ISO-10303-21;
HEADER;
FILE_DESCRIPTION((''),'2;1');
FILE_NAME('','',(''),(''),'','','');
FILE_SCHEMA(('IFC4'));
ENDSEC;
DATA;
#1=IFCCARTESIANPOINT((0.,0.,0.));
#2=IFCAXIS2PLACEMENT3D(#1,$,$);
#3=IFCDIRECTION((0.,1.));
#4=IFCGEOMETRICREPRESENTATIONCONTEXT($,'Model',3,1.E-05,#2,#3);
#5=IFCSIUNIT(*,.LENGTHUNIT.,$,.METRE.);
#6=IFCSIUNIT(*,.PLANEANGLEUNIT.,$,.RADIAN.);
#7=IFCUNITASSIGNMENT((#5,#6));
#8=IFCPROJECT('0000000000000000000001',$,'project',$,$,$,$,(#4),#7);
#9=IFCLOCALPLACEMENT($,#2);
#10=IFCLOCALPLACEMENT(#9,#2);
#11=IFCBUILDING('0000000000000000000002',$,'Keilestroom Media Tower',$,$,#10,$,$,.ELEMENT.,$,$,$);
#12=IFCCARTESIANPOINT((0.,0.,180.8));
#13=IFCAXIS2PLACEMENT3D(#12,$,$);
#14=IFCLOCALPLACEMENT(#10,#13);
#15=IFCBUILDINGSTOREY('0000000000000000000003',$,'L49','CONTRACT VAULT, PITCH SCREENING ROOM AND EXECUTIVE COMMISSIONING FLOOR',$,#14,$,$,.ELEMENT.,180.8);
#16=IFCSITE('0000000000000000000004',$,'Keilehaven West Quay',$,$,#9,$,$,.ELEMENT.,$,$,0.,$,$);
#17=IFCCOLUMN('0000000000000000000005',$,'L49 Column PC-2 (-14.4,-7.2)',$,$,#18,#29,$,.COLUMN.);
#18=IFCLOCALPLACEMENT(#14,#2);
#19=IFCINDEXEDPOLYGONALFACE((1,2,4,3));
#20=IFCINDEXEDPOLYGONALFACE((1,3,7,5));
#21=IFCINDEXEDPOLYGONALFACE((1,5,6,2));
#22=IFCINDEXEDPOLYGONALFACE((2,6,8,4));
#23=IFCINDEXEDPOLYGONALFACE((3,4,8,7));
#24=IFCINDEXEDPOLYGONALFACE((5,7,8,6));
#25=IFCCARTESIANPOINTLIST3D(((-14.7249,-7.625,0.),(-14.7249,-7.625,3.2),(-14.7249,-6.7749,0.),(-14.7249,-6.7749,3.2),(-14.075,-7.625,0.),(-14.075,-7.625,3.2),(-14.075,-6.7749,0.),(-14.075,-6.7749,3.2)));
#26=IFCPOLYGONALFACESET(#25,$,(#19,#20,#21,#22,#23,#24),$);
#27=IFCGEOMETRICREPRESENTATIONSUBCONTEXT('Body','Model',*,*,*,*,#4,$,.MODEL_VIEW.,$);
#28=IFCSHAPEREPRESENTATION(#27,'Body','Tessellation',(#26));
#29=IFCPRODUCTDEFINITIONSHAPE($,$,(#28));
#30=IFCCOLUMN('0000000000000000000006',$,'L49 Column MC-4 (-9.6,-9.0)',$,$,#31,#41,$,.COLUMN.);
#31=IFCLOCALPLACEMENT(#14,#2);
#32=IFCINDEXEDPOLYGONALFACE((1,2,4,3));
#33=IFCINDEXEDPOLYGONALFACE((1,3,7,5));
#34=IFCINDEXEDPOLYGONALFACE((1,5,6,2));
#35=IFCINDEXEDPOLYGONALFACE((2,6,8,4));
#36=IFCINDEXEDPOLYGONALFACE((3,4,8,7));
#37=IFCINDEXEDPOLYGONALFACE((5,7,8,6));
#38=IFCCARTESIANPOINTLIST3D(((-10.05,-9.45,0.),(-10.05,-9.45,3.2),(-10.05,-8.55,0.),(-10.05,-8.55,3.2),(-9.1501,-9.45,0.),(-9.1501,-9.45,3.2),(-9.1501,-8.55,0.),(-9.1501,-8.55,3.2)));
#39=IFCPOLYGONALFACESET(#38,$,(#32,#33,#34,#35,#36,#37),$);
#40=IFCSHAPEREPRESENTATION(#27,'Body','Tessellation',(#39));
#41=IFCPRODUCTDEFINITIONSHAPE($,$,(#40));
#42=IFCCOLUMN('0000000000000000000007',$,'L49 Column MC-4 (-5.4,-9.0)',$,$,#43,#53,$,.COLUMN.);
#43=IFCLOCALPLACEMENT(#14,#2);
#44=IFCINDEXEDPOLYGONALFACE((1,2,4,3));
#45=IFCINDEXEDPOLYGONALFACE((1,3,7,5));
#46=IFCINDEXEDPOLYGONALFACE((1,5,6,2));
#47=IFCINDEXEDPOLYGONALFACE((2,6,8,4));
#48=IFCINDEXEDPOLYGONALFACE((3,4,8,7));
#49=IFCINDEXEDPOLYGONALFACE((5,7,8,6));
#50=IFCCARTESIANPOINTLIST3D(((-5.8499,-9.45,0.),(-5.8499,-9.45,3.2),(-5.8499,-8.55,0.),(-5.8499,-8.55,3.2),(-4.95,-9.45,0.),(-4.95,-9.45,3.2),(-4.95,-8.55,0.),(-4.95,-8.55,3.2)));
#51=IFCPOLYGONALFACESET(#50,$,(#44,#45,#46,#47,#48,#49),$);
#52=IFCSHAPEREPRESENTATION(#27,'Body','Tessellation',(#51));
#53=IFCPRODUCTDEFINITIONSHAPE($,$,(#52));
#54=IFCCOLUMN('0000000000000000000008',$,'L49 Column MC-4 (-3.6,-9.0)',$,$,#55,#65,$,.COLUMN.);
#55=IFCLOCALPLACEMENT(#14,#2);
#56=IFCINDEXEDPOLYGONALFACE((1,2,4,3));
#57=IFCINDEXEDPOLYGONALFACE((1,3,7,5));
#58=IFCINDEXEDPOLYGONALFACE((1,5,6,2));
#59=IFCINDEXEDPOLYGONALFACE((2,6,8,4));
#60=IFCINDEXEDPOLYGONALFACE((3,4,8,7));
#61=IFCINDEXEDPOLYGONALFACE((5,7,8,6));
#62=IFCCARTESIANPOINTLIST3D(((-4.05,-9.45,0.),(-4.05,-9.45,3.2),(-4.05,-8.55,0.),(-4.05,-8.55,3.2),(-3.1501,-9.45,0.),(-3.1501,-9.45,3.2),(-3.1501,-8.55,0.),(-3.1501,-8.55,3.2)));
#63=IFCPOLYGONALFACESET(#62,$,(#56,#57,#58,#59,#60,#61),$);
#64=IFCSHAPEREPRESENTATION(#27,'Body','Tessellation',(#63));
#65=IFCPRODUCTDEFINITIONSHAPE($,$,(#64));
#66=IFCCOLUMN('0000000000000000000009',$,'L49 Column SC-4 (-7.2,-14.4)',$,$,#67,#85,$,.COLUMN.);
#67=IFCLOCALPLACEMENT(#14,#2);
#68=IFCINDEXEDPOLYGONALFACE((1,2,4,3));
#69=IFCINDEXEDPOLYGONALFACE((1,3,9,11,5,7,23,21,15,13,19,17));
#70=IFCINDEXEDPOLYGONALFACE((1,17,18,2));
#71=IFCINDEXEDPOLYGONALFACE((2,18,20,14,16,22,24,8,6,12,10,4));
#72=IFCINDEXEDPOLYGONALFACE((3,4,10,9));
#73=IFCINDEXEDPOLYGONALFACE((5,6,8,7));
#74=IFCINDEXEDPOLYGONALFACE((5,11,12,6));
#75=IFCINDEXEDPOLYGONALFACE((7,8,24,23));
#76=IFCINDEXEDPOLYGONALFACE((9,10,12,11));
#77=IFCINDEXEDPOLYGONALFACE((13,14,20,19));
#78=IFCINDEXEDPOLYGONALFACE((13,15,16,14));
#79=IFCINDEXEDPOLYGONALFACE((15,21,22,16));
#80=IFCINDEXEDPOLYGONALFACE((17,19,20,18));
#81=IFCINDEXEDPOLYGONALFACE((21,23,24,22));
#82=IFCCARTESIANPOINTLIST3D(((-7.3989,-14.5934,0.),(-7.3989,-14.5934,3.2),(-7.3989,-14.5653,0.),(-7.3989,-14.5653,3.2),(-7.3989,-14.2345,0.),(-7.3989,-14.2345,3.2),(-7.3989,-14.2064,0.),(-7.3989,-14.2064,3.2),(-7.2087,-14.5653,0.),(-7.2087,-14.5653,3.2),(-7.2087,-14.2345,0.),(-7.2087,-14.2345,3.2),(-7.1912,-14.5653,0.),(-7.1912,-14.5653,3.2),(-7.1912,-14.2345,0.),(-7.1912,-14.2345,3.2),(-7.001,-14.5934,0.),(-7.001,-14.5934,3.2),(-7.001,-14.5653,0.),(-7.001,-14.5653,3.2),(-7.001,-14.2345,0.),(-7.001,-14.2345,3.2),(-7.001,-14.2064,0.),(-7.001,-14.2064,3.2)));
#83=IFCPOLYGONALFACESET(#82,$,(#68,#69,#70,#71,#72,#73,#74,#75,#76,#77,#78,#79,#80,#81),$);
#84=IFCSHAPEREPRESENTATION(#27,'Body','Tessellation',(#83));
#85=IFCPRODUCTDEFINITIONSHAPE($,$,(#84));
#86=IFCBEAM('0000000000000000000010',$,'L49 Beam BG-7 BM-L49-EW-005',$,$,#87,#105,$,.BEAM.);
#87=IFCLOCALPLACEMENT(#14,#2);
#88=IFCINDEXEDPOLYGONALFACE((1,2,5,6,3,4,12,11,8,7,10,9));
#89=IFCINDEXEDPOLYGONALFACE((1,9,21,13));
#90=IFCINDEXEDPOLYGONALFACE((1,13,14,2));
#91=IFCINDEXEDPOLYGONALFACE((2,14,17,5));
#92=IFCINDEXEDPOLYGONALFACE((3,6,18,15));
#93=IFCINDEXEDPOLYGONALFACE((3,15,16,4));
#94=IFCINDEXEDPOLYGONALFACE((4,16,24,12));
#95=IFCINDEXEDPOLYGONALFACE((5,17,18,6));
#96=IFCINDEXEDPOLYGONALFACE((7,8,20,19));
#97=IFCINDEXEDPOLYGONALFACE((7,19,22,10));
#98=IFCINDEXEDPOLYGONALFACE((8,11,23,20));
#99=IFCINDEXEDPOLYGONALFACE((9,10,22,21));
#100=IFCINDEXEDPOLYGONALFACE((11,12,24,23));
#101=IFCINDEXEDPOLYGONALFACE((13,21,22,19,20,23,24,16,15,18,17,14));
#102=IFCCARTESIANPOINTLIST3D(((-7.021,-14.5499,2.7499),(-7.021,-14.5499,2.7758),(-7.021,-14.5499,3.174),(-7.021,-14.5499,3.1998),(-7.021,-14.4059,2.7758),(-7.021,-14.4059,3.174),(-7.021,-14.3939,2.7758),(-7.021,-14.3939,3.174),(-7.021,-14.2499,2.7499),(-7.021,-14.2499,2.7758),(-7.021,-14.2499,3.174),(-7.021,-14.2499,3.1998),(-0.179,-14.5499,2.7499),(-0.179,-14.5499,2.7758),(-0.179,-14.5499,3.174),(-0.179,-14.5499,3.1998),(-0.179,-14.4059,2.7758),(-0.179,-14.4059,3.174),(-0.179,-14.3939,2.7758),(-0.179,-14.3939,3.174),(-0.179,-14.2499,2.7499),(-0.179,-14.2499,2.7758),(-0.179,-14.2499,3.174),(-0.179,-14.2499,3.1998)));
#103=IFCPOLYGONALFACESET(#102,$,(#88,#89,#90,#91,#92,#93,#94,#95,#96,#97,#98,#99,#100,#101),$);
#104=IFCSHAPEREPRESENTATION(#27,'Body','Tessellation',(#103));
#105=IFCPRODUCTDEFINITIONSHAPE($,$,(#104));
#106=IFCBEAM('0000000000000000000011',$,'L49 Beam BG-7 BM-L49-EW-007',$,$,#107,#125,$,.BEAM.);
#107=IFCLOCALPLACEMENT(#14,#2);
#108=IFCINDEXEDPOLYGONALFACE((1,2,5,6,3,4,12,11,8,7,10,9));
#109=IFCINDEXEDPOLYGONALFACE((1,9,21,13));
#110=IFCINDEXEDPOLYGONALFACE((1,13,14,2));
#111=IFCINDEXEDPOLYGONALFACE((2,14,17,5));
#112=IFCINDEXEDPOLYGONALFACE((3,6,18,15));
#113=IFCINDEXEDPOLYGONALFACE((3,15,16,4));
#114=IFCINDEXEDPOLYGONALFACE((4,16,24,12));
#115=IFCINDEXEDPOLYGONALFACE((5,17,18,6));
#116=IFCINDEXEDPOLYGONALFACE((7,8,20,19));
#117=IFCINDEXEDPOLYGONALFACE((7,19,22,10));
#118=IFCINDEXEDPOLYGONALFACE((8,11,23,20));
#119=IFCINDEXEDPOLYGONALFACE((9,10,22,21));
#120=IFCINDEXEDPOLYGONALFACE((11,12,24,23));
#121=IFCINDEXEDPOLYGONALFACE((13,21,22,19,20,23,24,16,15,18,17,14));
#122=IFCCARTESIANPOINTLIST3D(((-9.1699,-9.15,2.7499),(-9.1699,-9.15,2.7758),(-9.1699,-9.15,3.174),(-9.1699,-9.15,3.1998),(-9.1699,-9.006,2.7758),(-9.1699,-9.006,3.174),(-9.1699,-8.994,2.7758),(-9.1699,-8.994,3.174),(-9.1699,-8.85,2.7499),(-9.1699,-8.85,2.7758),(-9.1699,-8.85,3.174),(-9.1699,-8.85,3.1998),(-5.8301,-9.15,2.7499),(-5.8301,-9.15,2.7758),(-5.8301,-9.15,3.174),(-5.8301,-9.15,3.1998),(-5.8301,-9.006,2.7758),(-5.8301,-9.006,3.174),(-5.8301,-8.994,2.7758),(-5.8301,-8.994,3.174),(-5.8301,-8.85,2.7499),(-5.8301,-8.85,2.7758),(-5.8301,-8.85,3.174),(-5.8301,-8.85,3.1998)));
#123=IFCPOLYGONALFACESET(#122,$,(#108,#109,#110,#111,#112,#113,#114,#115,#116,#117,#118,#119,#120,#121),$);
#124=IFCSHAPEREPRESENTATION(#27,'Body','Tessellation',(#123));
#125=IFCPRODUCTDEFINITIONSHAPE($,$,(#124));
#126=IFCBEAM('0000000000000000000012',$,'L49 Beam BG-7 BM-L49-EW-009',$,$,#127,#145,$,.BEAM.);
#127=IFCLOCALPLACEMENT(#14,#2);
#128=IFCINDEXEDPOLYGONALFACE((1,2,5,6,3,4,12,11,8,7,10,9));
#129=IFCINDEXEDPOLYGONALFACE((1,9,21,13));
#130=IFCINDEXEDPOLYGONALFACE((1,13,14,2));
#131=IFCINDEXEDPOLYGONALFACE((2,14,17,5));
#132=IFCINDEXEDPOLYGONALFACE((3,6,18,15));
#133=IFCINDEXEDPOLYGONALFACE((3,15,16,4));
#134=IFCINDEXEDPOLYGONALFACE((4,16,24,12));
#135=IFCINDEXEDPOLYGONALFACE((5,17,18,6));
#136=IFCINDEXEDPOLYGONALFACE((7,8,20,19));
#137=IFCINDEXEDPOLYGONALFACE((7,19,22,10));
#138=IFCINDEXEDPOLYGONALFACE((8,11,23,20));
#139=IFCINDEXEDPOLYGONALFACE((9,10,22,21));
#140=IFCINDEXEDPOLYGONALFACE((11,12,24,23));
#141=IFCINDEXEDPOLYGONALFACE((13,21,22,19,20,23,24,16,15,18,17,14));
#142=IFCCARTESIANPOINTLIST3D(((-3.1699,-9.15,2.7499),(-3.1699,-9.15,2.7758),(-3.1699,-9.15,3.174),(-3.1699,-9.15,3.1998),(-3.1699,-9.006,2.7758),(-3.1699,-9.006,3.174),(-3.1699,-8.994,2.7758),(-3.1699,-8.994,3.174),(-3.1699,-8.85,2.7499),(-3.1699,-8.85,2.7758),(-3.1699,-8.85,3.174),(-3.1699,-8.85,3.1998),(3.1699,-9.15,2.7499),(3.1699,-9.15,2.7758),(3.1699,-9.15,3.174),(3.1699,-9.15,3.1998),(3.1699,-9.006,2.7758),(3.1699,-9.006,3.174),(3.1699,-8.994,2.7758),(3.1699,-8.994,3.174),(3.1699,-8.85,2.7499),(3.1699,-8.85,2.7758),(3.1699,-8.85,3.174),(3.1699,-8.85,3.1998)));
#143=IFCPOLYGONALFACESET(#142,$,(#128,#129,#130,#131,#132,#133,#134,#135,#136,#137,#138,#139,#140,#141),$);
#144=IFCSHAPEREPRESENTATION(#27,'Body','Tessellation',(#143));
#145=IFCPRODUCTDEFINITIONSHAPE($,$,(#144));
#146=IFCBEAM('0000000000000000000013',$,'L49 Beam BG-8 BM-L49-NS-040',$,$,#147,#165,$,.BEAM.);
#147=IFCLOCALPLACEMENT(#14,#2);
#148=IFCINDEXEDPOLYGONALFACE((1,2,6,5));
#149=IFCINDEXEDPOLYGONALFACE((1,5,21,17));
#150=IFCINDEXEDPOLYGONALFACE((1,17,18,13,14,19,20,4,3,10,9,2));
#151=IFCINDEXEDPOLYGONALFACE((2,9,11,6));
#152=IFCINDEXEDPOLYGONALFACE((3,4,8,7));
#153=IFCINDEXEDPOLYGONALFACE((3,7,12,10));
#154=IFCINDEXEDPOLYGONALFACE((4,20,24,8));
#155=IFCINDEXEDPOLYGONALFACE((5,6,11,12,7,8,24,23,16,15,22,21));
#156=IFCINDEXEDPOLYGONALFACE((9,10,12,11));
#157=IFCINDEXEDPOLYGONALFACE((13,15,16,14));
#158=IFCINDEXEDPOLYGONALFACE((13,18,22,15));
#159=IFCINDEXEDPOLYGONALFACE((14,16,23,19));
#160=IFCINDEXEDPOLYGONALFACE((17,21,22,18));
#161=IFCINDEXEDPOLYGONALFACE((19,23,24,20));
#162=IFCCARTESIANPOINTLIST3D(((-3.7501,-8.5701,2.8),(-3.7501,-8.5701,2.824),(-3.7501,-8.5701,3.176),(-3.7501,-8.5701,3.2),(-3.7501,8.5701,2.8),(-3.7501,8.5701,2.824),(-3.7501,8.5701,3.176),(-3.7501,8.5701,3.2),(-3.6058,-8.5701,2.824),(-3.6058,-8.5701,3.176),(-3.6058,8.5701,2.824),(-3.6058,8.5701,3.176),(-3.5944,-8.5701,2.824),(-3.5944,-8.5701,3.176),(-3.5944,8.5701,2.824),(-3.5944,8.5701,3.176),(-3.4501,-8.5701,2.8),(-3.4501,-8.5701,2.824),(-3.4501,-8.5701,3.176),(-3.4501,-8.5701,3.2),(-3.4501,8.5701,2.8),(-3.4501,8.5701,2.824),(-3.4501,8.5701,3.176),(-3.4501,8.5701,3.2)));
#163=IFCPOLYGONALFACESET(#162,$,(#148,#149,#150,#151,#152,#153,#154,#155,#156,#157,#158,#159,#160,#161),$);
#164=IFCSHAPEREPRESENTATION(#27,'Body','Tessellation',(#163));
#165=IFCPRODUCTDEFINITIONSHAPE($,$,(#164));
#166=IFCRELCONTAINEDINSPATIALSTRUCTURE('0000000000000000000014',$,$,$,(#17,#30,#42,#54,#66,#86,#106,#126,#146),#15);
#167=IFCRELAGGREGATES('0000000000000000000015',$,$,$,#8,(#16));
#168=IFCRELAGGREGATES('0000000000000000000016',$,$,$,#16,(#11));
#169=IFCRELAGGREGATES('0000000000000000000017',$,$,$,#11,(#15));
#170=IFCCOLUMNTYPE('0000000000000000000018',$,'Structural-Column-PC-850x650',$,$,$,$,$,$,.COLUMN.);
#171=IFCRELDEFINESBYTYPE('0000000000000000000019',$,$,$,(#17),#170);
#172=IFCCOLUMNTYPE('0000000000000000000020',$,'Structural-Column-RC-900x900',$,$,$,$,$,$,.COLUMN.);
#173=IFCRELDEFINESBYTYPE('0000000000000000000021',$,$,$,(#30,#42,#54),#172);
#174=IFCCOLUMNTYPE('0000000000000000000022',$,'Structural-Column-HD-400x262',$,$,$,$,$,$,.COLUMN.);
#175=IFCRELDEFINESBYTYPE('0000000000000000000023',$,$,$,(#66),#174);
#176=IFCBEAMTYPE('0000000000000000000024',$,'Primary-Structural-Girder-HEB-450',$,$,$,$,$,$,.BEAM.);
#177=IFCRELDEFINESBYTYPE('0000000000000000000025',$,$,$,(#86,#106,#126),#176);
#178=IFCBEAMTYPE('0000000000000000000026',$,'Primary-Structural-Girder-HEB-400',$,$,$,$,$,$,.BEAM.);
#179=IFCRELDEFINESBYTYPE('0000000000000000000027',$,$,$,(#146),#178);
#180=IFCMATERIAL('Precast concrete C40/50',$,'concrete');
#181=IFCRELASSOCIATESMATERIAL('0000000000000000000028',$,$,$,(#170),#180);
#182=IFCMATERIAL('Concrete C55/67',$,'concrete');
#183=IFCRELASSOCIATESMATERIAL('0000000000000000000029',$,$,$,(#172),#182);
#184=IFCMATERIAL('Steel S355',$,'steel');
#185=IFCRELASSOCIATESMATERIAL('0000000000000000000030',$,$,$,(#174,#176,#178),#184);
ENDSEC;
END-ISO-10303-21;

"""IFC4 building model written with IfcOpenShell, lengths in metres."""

from ifc_helpers import new_model, si_unit, direction, frame, origin, origin_2d, place, context, subcontext, project, spatial, rectangle, i_section, extrude, source, transform, mapped, material, material_profile, profile_set, type_object, element, save


model = new_model("IFC4")

# Units and contexts
model_context = context("Model", 3, precision=1e-05, world=origin(), true_north=direction((0.0, 1.0)))
body_context = subcontext(model_context, "Body", "Model", "MODEL_VIEW")
ifc_project = project(units=[si_unit("LENGTHUNIT", "METRE"), si_unit("PLANEANGLEUNIT", "RADIAN")], contexts=[model_context])

# Site, building, storey
site_placement = place(None, origin())
site = spatial("IfcSite", under=ifc_project, at=site_placement, Name="Keilehaven West Quay", CompositionType="ELEMENT", RefElevation=0.0)
building_placement = place(site_placement, origin())
building = spatial("IfcBuilding", under=site, at=building_placement, Name="Keilestroom Media Tower", CompositionType="ELEMENT")
storey_placement = place(building_placement, frame((0.0, 0.0, 180.8)))
storey = spatial("IfcBuildingStorey", under=building, at=storey_placement, Name="L49", Description="CONTRACT VAULT, PITCH SCREENING ROOM AND EXECUTIVE COMMISSIONING FLOOR", CompositionType="ELEMENT", Elevation=180.8)

# Columns
ifc_material_1 = material(Name="Precast concrete C40/50", Category="concrete")
ifc_material_profile_1 = material_profile(ifc_material_1, rectangle(XDim=0.6499, YDim=0.8501, at=origin_2d()), Name="PC 850x650")
ifc_profile_set_1 = profile_set([ifc_material_profile_1], Name="Precast concrete C40/50")
column_type_1 = type_object("IfcColumnType", Name="Structural-Column-PC-850x650", PredefinedType="COLUMN", material=ifc_profile_set_1)
shared_shape_1 = source(origin(), body_context, "Body", "SweptSolid", [
    extrude(rectangle(XDim=0.6499, YDim=0.8501, at=origin_2d()), origin(), (0.0, 0.0, 1.0), 3.2),
])
column_1_placement = place(storey_placement, frame((-14.3999, -7.2, 0.0), z_axis=(0.0, 0.0, 1.0), x_axis=(1.0, 0.0, 0.0)))
element("IfcColumn", 1, at=column_1_placement, inside=storey, type_object=column_type_1, Name="L49 Column PC-2 (-14.4,-7.2)", PredefinedType="COLUMN", context=body_context, shape_type="MappedRepresentation", body=[
    mapped(shared_shape_1, transform((0.0, 0.0, 0.0), x_axis=(1.0, 0.0, 0.0), y_axis=(0.0, 1.0, 0.0), z_axis=(0.0, 0.0, 1.0), scale=1.0)),
])
ifc_material_2 = material(Name="Concrete C55/67", Category="concrete")
ifc_material_profile_2 = material_profile(ifc_material_2, rectangle(XDim=0.8999, YDim=0.8999, at=origin_2d()), Name="RC 900x900")
ifc_profile_set_2 = profile_set([ifc_material_profile_2], Name="Concrete C55/67")
column_type_2 = type_object("IfcColumnType", Name="Structural-Column-RC-900x900", PredefinedType="COLUMN", material=ifc_profile_set_2)
shared_shape_2 = source(origin(), body_context, "Body", "SweptSolid", [
    extrude(rectangle(XDim=0.8999, YDim=0.8999, at=origin_2d()), origin(), (0.0, 0.0, 1.0), 3.2),
])
for number, where, z_axis, x_axis, name in (
    (2, (-9.6001, -9.0, 0.0), (0.0, 0.0, 1.0), (1.0, 0.0, 0.0), "L49 Column MC-4 (-9.6,-9.0)"),
    (3, (-5.3999, -9.0, 0.0), (0.0, 0.0, 1.0), (1.0, 0.0, 0.0), "L49 Column MC-4 (-5.4,-9.0)"),
    (4, (-3.6001, -9.0, 0.0), (0.0, 0.0, 1.0), (1.0, 0.0, 0.0), "L49 Column MC-4 (-3.6,-9.0)"),
):
    element("IfcColumn", number, at=place(storey_placement, frame(where, z_axis=z_axis, x_axis=x_axis)), inside=storey, type_object=column_type_2, Name=name, PredefinedType="COLUMN", context=body_context, shape_type="MappedRepresentation", body=[
        mapped(shared_shape_2, transform((0.0, 0.0, 0.0), x_axis=(1.0, 0.0, 0.0), y_axis=(0.0, 1.0, 0.0), z_axis=(0.0, 0.0, 1.0), scale=1.0)),
    ])
ifc_material_3 = material(Name="Steel S355", Category="steel")
ifc_material_profile_3 = material_profile(ifc_material_3, i_section(OverallWidth=0.3979, OverallDepth=0.387, WebThickness=0.0176, FlangeThickness=0.0281, at=origin_2d()), Name="HD 400x262")
ifc_profile_set_3 = profile_set([ifc_material_profile_3], Name="Steel S355")
column_type_3 = type_object("IfcColumnType", Name="Structural-Column-HD-400x262", PredefinedType="COLUMN", material=ifc_profile_set_3)
shared_shape_3 = source(origin(), body_context, "Body", "SweptSolid", [
    extrude(i_section(OverallWidth=0.3979, OverallDepth=0.387, WebThickness=0.0176, FlangeThickness=0.0281, at=origin_2d()), origin(), (0.0, 0.0, 1.0), 3.2),
])
column_2_placement = place(storey_placement, frame((-7.2, -14.3999, 0.0), z_axis=(0.0, 0.0, 1.0), x_axis=(1.0, 0.0, 0.0)))
element("IfcColumn", 5, at=column_2_placement, inside=storey, type_object=column_type_3, Name="L49 Column SC-4 (-7.2,-14.4)", PredefinedType="COLUMN", context=body_context, shape_type="MappedRepresentation", body=[
    mapped(shared_shape_3, transform((0.0, 0.0, 0.0), x_axis=(1.0, 0.0, 0.0), y_axis=(0.0, 1.0, 0.0), z_axis=(0.0, 0.0, 1.0), scale=1.0)),
])

# Beams
ifc_material_profile_4 = material_profile(ifc_material_3, i_section(OverallWidth=0.3, OverallDepth=0.45, WebThickness=0.012, FlangeThickness=0.0259, at=origin_2d()), Name="HEB 450")
ifc_profile_set_4 = profile_set([ifc_material_profile_4], Name="Steel S355")
beam_type_1 = type_object("IfcBeamType", Name="Primary-Structural-Girder-HEB-450", PredefinedType="BEAM", material=ifc_profile_set_4)
shared_shape_4 = source(origin(), body_context, "Body", "SweptSolid", [
    extrude(i_section(OverallWidth=0.3, OverallDepth=0.45, WebThickness=0.012, FlangeThickness=0.0259, at=origin_2d()), origin(), (0.0, 0.0, 1.0), 6.842),
])
beam_1_placement = place(storey_placement, frame((-7.021, -14.3999, 2.9749), z_axis=(1.0, 0.0, 0.0), x_axis=(0.0, 1.0, 0.0)))
element("IfcBeam", 6, at=beam_1_placement, inside=storey, type_object=beam_type_1, Name="L49 Beam BG-7 BM-L49-EW-005", PredefinedType="BEAM", context=body_context, shape_type="MappedRepresentation", body=[
    mapped(shared_shape_4, transform((0.0, 0.0, 0.0), x_axis=(1.0, 0.0, 0.0), y_axis=(0.0, 1.0, 0.0), z_axis=(0.0, 0.0, 1.0), scale=1.0)),
])
shared_shape_5 = source(origin(), body_context, "Body", "SweptSolid", [
    extrude(i_section(OverallWidth=0.3, OverallDepth=0.45, WebThickness=0.012, FlangeThickness=0.0259, at=origin_2d()), origin(), (0.0, 0.0, 1.0), 3.3398),
])
beam_2_placement = place(storey_placement, frame((-9.1699, -9.0, 2.9749), z_axis=(1.0, 0.0, 0.0), x_axis=(0.0, 1.0, 0.0)))
element("IfcBeam", 7, at=beam_2_placement, inside=storey, type_object=beam_type_1, Name="L49 Beam BG-7 BM-L49-EW-007", PredefinedType="BEAM", context=body_context, shape_type="MappedRepresentation", body=[
    mapped(shared_shape_5, transform((0.0, 0.0, 0.0), x_axis=(1.0, 0.0, 0.0), y_axis=(0.0, 1.0, 0.0), z_axis=(0.0, 0.0, 1.0), scale=1.0)),
])
shared_shape_6 = source(origin(), body_context, "Body", "SweptSolid", [
    extrude(i_section(OverallWidth=0.3, OverallDepth=0.45, WebThickness=0.012, FlangeThickness=0.0259, at=origin_2d()), origin(), (0.0, 0.0, 1.0), 6.3398),
])
beam_3_placement = place(storey_placement, frame((-3.1699, -9.0, 2.9749), z_axis=(1.0, 0.0, 0.0), x_axis=(0.0, 1.0, 0.0)))
element("IfcBeam", 8, at=beam_3_placement, inside=storey, type_object=beam_type_1, Name="L49 Beam BG-7 BM-L49-EW-009", PredefinedType="BEAM", context=body_context, shape_type="MappedRepresentation", body=[
    mapped(shared_shape_6, transform((0.0, 0.0, 0.0), x_axis=(1.0, 0.0, 0.0), y_axis=(0.0, 1.0, 0.0), z_axis=(0.0, 0.0, 1.0), scale=1.0)),
])
ifc_material_profile_5 = material_profile(ifc_material_3, i_section(OverallWidth=0.3, OverallDepth=0.3999, WebThickness=0.0115, FlangeThickness=0.0239, at=origin_2d()), Name="HEB 400")
ifc_profile_set_5 = profile_set([ifc_material_profile_5], Name="Steel S355")
beam_type_2 = type_object("IfcBeamType", Name="Primary-Structural-Girder-HEB-400", PredefinedType="BEAM", material=ifc_profile_set_5)
shared_shape_7 = source(origin(), body_context, "Body", "SweptSolid", [
    extrude(i_section(OverallWidth=0.3, OverallDepth=0.3999, WebThickness=0.0115, FlangeThickness=0.0239, at=origin_2d()), origin(), (0.0, 0.0, 1.0), 17.1401),
])
beam_4_placement = place(storey_placement, frame((-3.6001, -8.5701, 3.0), z_axis=(0.0, 1.0, 0.0), x_axis=(-1.0, 0.0, 0.0)))
element("IfcBeam", 9, at=beam_4_placement, inside=storey, type_object=beam_type_2, Name="L49 Beam BG-8 BM-L49-NS-040", PredefinedType="BEAM", context=body_context, shape_type="MappedRepresentation", body=[
    mapped(shared_shape_7, transform((0.0, 0.0, 0.0), x_axis=(1.0, 0.0, 0.0), y_axis=(0.0, 1.0, 0.0), z_axis=(0.0, 0.0, 1.0), scale=1.0)),
])

save(model, "model.ifc")
